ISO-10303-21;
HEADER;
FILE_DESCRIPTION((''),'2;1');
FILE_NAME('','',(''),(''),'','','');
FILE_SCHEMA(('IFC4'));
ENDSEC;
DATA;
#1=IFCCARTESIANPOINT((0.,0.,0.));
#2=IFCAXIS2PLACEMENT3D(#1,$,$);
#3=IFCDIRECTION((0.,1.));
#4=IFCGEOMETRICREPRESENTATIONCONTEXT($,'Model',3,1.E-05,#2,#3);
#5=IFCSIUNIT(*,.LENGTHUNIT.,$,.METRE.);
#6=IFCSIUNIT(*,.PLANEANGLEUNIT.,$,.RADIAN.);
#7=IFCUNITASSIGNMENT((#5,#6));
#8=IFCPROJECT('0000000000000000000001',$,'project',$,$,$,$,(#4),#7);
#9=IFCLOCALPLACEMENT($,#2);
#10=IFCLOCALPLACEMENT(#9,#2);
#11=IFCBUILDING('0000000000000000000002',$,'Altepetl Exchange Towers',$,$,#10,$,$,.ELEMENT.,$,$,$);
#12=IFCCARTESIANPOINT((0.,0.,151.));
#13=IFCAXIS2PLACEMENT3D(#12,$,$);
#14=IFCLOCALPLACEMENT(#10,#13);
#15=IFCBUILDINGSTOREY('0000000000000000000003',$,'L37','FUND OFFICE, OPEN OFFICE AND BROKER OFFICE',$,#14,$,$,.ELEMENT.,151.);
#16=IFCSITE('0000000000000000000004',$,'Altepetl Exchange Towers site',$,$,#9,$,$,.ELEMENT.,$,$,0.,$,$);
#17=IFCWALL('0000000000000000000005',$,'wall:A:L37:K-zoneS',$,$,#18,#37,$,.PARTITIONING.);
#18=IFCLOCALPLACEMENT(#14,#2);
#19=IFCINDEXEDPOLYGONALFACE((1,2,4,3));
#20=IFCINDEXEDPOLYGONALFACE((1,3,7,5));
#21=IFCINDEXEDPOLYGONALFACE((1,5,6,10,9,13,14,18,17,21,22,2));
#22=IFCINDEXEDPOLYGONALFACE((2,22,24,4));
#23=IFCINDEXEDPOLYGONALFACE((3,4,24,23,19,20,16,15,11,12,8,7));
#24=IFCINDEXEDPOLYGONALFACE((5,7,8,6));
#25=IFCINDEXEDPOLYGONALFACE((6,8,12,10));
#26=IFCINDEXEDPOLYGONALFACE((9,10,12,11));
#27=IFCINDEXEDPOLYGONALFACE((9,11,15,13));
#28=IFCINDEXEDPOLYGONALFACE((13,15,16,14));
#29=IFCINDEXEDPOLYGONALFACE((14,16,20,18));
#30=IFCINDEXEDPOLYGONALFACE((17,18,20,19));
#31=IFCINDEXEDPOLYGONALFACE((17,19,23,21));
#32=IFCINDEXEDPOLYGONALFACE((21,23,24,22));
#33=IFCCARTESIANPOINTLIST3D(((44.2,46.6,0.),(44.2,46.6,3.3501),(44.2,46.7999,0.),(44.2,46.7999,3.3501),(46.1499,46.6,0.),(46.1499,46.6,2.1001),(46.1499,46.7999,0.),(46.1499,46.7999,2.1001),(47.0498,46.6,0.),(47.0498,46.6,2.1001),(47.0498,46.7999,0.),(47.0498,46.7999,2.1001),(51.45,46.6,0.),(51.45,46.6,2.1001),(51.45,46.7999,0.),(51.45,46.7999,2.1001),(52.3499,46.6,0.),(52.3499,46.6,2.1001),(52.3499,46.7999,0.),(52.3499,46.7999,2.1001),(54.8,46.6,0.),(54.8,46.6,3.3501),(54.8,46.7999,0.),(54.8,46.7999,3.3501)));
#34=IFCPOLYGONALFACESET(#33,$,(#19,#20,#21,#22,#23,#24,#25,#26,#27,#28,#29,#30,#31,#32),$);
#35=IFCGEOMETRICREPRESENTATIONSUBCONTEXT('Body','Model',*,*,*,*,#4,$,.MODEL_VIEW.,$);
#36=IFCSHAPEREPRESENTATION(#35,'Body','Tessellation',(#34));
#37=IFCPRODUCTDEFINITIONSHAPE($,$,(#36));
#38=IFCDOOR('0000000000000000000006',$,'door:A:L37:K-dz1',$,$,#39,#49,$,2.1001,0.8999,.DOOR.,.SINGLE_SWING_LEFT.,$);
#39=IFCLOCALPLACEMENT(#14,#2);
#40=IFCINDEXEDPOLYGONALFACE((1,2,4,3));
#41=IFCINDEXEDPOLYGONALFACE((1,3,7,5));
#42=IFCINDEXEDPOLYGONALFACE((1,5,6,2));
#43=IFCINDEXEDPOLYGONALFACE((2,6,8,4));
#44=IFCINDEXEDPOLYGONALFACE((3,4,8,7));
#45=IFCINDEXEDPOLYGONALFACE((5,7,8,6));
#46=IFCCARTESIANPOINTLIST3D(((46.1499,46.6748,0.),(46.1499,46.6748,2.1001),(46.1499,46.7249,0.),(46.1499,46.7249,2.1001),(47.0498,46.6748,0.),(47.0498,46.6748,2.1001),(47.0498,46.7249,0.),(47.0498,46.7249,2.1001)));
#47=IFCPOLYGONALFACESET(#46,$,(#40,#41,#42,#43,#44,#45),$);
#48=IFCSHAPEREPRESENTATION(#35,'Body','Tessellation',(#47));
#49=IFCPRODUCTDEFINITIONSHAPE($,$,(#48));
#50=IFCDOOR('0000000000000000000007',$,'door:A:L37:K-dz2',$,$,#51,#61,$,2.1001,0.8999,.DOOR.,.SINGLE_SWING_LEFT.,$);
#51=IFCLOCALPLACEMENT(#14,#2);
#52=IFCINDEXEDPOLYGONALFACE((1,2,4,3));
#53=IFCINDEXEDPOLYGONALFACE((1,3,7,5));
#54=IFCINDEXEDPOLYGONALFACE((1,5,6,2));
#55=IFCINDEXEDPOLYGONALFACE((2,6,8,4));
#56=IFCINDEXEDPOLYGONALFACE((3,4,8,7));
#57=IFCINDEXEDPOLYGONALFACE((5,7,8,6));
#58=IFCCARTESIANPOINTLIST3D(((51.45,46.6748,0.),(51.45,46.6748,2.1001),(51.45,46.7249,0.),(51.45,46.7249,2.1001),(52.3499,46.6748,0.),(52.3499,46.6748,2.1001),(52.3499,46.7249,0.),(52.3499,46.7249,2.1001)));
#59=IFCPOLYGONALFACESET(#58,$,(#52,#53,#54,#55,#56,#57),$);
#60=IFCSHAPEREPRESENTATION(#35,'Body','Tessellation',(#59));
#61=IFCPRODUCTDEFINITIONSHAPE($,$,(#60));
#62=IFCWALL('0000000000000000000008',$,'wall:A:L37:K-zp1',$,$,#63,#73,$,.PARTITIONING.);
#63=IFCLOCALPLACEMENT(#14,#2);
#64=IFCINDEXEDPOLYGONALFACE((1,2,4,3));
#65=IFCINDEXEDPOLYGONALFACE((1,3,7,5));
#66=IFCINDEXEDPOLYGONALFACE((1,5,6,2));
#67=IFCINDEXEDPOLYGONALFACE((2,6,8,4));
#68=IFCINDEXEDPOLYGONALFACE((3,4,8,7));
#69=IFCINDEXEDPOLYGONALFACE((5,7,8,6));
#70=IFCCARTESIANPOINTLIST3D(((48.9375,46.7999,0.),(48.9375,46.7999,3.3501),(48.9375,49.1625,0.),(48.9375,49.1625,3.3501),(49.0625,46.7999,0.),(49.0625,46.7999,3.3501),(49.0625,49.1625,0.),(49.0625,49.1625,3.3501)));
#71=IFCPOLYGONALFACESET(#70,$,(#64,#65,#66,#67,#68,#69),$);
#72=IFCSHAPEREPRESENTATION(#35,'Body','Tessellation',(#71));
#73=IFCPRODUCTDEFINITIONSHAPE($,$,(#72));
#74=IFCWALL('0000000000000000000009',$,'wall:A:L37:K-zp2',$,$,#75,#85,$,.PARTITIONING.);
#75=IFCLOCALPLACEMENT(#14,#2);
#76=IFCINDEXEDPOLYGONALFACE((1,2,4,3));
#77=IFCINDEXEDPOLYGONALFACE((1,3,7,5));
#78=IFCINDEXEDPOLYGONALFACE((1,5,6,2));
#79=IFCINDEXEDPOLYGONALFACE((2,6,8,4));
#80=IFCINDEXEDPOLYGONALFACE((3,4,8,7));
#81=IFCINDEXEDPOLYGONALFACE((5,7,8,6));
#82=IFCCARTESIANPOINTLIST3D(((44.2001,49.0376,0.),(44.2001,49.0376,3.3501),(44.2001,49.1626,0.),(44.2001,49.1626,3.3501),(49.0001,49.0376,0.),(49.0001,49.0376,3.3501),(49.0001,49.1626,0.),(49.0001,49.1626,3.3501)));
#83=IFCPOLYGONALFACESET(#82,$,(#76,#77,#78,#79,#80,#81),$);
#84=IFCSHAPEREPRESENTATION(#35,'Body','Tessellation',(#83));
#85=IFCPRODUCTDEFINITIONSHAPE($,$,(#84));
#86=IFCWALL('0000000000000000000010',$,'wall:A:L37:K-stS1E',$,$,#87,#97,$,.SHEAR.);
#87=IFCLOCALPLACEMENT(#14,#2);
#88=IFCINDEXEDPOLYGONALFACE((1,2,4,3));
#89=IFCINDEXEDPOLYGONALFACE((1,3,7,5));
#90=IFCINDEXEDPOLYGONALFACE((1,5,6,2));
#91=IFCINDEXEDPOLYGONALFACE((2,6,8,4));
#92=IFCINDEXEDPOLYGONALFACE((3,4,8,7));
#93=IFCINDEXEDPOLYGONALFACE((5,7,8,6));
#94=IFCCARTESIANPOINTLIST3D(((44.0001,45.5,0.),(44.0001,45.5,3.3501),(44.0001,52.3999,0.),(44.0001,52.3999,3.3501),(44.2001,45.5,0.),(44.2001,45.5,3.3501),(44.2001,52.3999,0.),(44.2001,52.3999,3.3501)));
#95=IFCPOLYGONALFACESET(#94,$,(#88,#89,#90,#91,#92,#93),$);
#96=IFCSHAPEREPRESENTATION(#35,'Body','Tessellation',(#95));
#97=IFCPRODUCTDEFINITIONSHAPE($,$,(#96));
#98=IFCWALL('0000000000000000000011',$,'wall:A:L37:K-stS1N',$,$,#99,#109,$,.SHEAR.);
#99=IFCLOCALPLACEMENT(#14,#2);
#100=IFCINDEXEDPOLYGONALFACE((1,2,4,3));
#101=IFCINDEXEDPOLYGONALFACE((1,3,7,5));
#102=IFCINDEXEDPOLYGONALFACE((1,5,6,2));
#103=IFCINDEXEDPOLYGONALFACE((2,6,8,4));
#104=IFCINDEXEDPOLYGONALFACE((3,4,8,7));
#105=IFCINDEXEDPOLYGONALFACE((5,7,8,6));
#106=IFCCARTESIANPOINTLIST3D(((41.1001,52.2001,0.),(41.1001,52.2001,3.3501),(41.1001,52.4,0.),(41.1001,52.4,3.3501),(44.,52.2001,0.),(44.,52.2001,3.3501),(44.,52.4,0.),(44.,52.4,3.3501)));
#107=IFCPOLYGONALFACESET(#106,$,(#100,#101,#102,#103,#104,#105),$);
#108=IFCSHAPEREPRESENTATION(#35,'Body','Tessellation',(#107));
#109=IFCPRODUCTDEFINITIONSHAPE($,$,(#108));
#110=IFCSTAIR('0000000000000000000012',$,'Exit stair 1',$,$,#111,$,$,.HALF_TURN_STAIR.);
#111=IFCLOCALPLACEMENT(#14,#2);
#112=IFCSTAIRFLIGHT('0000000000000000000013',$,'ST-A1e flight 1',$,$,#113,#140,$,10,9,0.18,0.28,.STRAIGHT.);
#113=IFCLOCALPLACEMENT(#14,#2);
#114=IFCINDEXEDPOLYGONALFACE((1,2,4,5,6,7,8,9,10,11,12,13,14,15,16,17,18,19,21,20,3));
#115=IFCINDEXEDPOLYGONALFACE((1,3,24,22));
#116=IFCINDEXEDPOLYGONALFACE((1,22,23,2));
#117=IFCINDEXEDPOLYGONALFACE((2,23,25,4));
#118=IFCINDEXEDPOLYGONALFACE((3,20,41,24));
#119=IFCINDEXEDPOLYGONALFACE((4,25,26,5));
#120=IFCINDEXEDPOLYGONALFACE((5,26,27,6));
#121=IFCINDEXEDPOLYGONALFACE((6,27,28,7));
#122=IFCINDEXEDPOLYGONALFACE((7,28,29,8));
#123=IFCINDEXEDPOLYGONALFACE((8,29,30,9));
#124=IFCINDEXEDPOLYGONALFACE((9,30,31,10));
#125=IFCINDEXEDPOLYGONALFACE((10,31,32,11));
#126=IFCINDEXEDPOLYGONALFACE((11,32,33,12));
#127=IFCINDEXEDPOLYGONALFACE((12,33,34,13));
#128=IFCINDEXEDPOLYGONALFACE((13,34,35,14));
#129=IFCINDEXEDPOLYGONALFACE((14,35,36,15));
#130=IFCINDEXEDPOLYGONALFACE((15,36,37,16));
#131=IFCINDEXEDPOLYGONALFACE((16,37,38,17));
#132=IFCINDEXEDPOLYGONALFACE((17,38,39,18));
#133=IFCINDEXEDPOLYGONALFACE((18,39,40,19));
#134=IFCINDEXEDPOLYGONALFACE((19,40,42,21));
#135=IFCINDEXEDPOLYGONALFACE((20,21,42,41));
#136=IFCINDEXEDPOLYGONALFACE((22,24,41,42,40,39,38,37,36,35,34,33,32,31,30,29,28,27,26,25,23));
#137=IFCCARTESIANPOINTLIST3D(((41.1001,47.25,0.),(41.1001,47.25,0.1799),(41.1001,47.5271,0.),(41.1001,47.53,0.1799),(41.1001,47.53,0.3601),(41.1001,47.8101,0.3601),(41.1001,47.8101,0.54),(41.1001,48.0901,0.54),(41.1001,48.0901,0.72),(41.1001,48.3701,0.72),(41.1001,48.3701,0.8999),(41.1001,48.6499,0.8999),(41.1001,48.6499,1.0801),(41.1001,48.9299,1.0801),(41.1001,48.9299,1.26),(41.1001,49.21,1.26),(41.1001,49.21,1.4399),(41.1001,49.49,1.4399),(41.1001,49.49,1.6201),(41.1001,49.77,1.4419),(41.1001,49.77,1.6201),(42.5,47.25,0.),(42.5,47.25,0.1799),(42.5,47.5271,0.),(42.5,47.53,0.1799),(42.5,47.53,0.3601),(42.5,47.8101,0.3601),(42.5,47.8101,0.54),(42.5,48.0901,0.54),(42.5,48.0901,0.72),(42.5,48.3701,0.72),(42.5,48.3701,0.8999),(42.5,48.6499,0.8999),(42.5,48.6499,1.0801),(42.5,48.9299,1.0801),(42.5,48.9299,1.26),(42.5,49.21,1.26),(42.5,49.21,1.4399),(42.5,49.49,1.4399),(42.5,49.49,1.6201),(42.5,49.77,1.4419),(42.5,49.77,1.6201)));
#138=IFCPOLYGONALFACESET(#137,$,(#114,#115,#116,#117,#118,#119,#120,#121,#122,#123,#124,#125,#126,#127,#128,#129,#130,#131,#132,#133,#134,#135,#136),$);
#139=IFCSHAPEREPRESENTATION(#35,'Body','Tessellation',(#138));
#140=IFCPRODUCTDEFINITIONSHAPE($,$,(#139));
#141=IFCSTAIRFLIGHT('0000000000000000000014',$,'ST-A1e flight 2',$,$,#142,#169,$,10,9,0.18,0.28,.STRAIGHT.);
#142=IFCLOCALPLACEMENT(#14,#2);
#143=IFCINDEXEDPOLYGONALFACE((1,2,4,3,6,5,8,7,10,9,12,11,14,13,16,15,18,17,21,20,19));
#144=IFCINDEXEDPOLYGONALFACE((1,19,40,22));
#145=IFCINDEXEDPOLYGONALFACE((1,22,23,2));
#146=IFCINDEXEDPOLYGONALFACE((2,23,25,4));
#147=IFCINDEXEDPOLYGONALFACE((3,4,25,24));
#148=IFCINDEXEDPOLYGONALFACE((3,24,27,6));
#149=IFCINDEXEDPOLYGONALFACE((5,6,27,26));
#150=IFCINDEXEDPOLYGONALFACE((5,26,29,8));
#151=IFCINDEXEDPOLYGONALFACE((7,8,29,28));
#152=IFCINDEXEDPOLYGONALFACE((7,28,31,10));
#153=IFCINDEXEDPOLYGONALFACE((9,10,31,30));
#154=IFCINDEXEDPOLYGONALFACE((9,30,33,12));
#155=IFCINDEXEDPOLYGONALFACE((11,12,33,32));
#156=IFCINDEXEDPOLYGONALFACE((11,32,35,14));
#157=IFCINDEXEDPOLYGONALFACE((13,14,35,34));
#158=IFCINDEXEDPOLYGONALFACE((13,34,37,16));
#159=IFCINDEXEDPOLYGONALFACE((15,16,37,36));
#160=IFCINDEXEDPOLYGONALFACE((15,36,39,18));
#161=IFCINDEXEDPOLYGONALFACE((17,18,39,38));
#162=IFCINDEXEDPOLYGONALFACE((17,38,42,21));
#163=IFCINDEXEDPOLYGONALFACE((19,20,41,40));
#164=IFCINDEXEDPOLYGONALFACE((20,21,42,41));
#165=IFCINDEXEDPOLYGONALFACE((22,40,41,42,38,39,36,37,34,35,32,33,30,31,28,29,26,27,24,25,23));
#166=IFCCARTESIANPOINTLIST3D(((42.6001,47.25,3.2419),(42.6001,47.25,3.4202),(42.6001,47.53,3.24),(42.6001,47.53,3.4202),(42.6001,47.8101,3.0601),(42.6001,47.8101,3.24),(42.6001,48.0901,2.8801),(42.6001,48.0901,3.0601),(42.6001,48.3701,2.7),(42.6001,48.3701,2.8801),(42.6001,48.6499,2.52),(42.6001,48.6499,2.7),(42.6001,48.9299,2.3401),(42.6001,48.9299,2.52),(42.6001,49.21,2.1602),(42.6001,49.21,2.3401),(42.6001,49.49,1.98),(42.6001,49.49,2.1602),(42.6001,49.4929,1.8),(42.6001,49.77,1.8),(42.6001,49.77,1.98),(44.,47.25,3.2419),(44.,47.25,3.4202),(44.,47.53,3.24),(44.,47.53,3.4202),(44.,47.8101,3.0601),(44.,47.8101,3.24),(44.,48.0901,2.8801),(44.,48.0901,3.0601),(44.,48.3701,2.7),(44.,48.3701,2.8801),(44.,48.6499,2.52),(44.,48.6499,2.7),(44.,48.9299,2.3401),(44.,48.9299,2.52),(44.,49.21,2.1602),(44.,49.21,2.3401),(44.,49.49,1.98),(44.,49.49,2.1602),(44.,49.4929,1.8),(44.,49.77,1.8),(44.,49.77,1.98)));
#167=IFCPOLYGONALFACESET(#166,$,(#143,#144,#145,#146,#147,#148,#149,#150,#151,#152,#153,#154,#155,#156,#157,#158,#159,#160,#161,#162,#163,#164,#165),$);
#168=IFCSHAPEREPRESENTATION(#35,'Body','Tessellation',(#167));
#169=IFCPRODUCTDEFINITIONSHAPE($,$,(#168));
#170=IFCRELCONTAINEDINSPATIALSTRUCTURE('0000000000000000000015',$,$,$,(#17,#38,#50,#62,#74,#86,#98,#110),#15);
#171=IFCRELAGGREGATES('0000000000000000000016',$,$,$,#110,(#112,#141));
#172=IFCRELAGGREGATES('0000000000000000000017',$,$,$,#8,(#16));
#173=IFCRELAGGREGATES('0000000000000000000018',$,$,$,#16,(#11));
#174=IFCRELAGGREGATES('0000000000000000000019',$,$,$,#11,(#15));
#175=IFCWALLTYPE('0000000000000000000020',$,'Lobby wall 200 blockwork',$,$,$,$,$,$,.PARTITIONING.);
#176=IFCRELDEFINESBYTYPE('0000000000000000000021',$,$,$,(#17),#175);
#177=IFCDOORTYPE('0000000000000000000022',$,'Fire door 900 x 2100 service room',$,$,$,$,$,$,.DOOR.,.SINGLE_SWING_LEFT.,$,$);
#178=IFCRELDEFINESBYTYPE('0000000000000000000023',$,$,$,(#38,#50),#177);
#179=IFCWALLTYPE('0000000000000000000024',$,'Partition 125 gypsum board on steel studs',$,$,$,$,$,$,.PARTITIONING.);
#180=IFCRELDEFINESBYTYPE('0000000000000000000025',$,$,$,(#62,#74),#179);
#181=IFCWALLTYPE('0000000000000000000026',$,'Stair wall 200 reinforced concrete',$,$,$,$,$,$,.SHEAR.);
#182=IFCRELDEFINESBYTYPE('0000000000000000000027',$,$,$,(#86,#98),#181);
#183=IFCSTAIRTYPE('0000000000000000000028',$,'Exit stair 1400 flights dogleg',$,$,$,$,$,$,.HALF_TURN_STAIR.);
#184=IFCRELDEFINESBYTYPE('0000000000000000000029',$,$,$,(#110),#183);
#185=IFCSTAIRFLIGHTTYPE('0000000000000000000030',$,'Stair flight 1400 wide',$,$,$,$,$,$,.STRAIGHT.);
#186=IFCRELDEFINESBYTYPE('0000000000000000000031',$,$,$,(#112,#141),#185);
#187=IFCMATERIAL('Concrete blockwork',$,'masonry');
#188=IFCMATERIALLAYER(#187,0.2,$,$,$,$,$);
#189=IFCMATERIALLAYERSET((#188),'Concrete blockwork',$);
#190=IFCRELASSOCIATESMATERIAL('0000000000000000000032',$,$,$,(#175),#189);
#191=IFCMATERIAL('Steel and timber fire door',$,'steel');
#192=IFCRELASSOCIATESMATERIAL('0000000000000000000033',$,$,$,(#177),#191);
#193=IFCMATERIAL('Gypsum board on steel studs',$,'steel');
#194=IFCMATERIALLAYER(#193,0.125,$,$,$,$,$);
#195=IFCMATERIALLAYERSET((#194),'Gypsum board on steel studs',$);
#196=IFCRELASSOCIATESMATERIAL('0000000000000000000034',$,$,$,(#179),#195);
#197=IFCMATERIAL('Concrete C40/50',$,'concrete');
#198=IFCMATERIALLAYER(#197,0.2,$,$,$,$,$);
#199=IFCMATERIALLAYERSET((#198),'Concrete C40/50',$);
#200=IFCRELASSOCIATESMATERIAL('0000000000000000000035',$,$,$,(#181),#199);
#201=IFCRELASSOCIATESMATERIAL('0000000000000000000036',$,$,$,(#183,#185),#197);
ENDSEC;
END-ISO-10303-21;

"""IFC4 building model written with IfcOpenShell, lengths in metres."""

from ifc_helpers import new_model, si_unit, direction, frame, frame_2d, origin, place, context, subcontext, project, spatial, polyline, rectangle, outline, extrude, material, layer, layer_set, type_object, element, fill, aggregate, save


model = new_model("IFC4")

# Units and contexts
model_context = context("Model", 3, precision=1e-05, world=origin(), true_north=direction((0.0, 1.0)))
body_context = subcontext(model_context, "Body", "Model", "MODEL_VIEW")
ifc_project = project(units=[si_unit("LENGTHUNIT", "METRE"), si_unit("PLANEANGLEUNIT", "RADIAN")], contexts=[model_context])

# Site, building, storey
site_placement = place(None, origin())
site = spatial("IfcSite", under=ifc_project, at=site_placement, Name="Altepetl Exchange Towers site", CompositionType="ELEMENT", RefElevation=0.0)
building_placement = place(site_placement, origin())
building = spatial("IfcBuilding", under=site, at=building_placement, Name="Altepetl Exchange Towers", CompositionType="ELEMENT")
storey_placement = place(building_placement, frame((0.0, 0.0, 151.0)))
storey = spatial("IfcBuildingStorey", under=building, at=storey_placement, Name="L37", Description="FUND OFFICE, OPEN OFFICE AND BROKER OFFICE", CompositionType="ELEMENT", Elevation=151.0)

# Shared definitions
ifc_material_1 = material(Name="Concrete blockwork", Category="masonry")
ifc_layer_1 = layer(ifc_material_1, 0.2)
ifc_layer_set_1 = layer_set([ifc_layer_1], Name="Concrete blockwork")
wall_type_1 = type_object("IfcWallType", Name="Lobby wall 200 blockwork", PredefinedType="PARTITIONING", material=ifc_layer_set_1)

# Shared definitions
ifc_material_2 = material(Name="Steel and timber fire door", Category="steel")

# Wall, openings, doors
door_type_1 = type_object("IfcDoorType", Name="Fire door 900 x 2100 service room", OperationType="SINGLE_SWING_LEFT", PredefinedType="DOOR", material=ifc_material_2)
wall_1_placement = place(storey_placement, frame((44.2, 46.7, 0.0)))
wall_1 = element("IfcWall", 1, at=wall_1_placement, inside=storey, type_object=wall_type_1, Name="wall:A:L37:K-zoneS", PredefinedType="PARTITIONING", context=body_context, shape_type="SweptSolid", body=[
    extrude(rectangle(XDim=10.6001, YDim=0.2, at=frame_2d((5.3, 0.0))), origin(), (0.0, 0.0, 1.0), 3.3501),
])
opening_1_placement = place(wall_1_placement, frame((1.95, 0.0, 0.0)))
opening_1 = element("IfcOpeningElement", 2, at=opening_1_placement, cuts=wall_1, PredefinedType="OPENING", context=body_context, shape_type="SweptSolid", body=[
    extrude(rectangle(XDim=0.8999, YDim=2.1001, at=frame_2d((0.45, 1.05))), frame((0.0, 0.1099, 0.0), z_axis=(0.0, -1.0, 0.0), x_axis=(1.0, 0.0, 0.0)), (0.0, 0.0, 1.0), 0.22),
])
opening_2_placement = place(wall_1_placement, frame((7.25, 0.0, 0.0)))
opening_2 = element("IfcOpeningElement", 3, at=opening_2_placement, cuts=wall_1, PredefinedType="OPENING", context=body_context, shape_type="SweptSolid", body=[
    extrude(rectangle(XDim=0.8999, YDim=2.1001, at=frame_2d((0.45, 1.05))), frame((0.0, 0.1099, 0.0), z_axis=(0.0, -1.0, 0.0), x_axis=(1.0, 0.0, 0.0)), (0.0, 0.0, 1.0), 0.22),
])
door_1_placement = place(opening_1_placement, origin())
door_1 = element("IfcDoor", 4, at=door_1_placement, inside=storey, type_object=door_type_1, Name="door:A:L37:K-dz1", OperationType="SINGLE_SWING_LEFT", OverallHeight=2.1001, OverallWidth=0.8999, PredefinedType="DOOR", context=body_context, shape_type="SweptSolid", body=[
    extrude(rectangle(XDim=0.8999, YDim=2.1001, at=frame_2d((0.45, 1.05))), frame((0.0, 0.0249, 0.0), z_axis=(0.0, -1.0, 0.0), x_axis=(1.0, 0.0, 0.0)), (0.0, 0.0, 1.0), 0.05),
])
fill(opening_1, door_1)
door_2_placement = place(opening_2_placement, origin())
door_2 = element("IfcDoor", 5, at=door_2_placement, inside=storey, type_object=door_type_1, Name="door:A:L37:K-dz2", OperationType="SINGLE_SWING_LEFT", OverallHeight=2.1001, OverallWidth=0.8999, PredefinedType="DOOR", context=body_context, shape_type="SweptSolid", body=[
    extrude(rectangle(XDim=0.8999, YDim=2.1001, at=frame_2d((0.45, 1.05))), frame((0.0, 0.0249, 0.0), z_axis=(0.0, -1.0, 0.0), x_axis=(1.0, 0.0, 0.0)), (0.0, 0.0, 1.0), 0.05),
])
fill(opening_2, door_2)

# Walls
ifc_material_3 = material(Name="Gypsum board on steel studs", Category="steel")
ifc_layer_2 = layer(ifc_material_3, 0.125)
ifc_layer_set_2 = layer_set([ifc_layer_2], Name="Gypsum board on steel studs")
wall_type_2 = type_object("IfcWallType", Name="Partition 125 gypsum board on steel studs", PredefinedType="PARTITIONING", material=ifc_layer_set_2)
wall_2_placement = place(storey_placement, frame((49.0, 46.8, 0.0), z_axis=(0.0, 0.0, 1.0), x_axis=(0.0, 1.0, 0.0)))
element("IfcWall", 6, at=wall_2_placement, inside=storey, type_object=wall_type_2, Name="wall:A:L37:K-zp1", PredefinedType="PARTITIONING", context=body_context, shape_type="SweptSolid", body=[
    extrude(rectangle(XDim=2.3625, YDim=0.125, at=frame_2d((1.1812, 0.0))), origin(), (0.0, 0.0, 1.0), 3.3501),
])
wall_3_placement = place(storey_placement, frame((49.0, 49.1001, 0.0), z_axis=(0.0, 0.0, 1.0), x_axis=(-1.0, 0.0, 0.0)))
element("IfcWall", 7, at=wall_3_placement, inside=storey, type_object=wall_type_2, Name="wall:A:L37:K-zp2", PredefinedType="PARTITIONING", context=body_context, shape_type="SweptSolid", body=[
    extrude(rectangle(XDim=4.8, YDim=0.125, at=frame_2d((2.3999, 0.0))), origin(), (0.0, 0.0, 1.0), 3.3501),
])
ifc_material_4 = material(Name="Concrete C40/50", Category="concrete")
ifc_layer_3 = layer(ifc_material_4, 0.2)
ifc_layer_set_3 = layer_set([ifc_layer_3], Name="Concrete C40/50")
wall_type_3 = type_object("IfcWallType", Name="Stair wall 200 reinforced concrete", PredefinedType="SHEAR", material=ifc_layer_set_3)
wall_4_placement = place(storey_placement, frame((44.1001, 45.5, 0.0), z_axis=(0.0, 0.0, 1.0), x_axis=(0.0, 1.0, 0.0)))
element("IfcWall", 8, at=wall_4_placement, inside=storey, type_object=wall_type_3, Name="wall:A:L37:K-stS1E", PredefinedType="SHEAR", context=body_context, shape_type="SweptSolid", body=[
    extrude(rectangle(XDim=6.8999, YDim=0.2, at=frame_2d((3.45, 0.0))), origin(), (0.0, 0.0, 1.0), 3.3501),
])
wall_5_placement = place(storey_placement, frame((41.1001, 52.3, 0.0)))
element("IfcWall", 9, at=wall_5_placement, inside=storey, type_object=wall_type_3, Name="wall:A:L37:K-stS1N", PredefinedType="SHEAR", context=body_context, shape_type="SweptSolid", body=[
    extrude(rectangle(XDim=2.8999, YDim=0.2, at=frame_2d((1.45, 0.0))), origin(), (0.0, 0.0, 1.0), 3.3501),
])

# Stair, stair flights
stair_type = type_object("IfcStairType", Name="Exit stair 1400 flights dogleg", PredefinedType="HALF_TURN_STAIR", material=ifc_material_4)
stair_placement = place(storey_placement, origin())
stair = element("IfcStair", 10, at=stair_placement, inside=storey, type_object=stair_type, Name="Exit stair 1", PredefinedType="HALF_TURN_STAIR")
stair_flight_type = type_object("IfcStairFlightType", Name="Stair flight 1400 wide", PredefinedType="STRAIGHT", material=ifc_material_4)
stair_flight_1_placement = place(storey_placement, frame((41.8, 47.25, 0.0), z_axis=(0.0, 0.0, 1.0), x_axis=(0.0, 1.0, 0.0)))
stair_flight_1 = element("IfcStairFlight", 11, at=stair_flight_1_placement, type_object=stair_flight_type, Name="ST-A1e flight 1", NumberOfRisers=10, NumberOfTreads=9, PredefinedType="STRAIGHT", RiserHeight=0.18, TreadLength=0.28, context=body_context, shape_type="SweptSolid", body=[
    extrude(outline(polyline([(0.0, 0.0), (0.0, 0.1799), (0.28, 0.1799), (0.28, 0.3601), (0.5601, 0.3601), (0.5601, 0.54), (0.8401, 0.54), (0.8401, 0.72), (1.1201, 0.72), (1.1201, 0.8999), (1.3999, 0.8999), (1.3999, 1.0801), (1.6799, 1.0801), (1.6799, 1.26), (1.96, 1.26), (1.96, 1.4399), (2.24, 1.4399), (2.24, 1.6201), (2.52, 1.6201), (2.52, 1.8), (2.52, 1.4419), (0.2771, 0.0), (0.0, 0.0)])), frame((0.0, 0.7, 0.0), z_axis=(0.0, -1.0, 0.0), x_axis=(1.0, 0.0, 0.0)), (0.0, 0.0, 1.0), 1.3999),
])
stair_flight_2_placement = place(storey_placement, frame((43.3, 49.77, 1.8), z_axis=(0.0, 0.0, 1.0), x_axis=(0.0, -1.0, 0.0)))
stair_flight_2 = element("IfcStairFlight", 12, at=stair_flight_2_placement, type_object=stair_flight_type, Name="ST-A1e flight 2", NumberOfRisers=10, NumberOfTreads=9, PredefinedType="STRAIGHT", RiserHeight=0.18, TreadLength=0.28, context=body_context, shape_type="SweptSolid", body=[
    extrude(outline(polyline([(0.0, 0.0), (0.0, 0.1799), (0.28, 0.1799), (0.28, 0.3601), (0.5601, 0.3601), (0.5601, 0.54), (0.8401, 0.54), (0.8401, 0.72), (1.1201, 0.72), (1.1201, 0.8999), (1.3999, 0.8999), (1.3999, 1.0801), (1.6799, 1.0801), (1.6799, 1.26), (1.96, 1.26), (1.96, 1.4399), (2.24, 1.4399), (2.24, 1.6201), (2.52, 1.6201), (2.52, 1.8), (2.52, 1.4419), (0.2771, 0.0), (0.0, 0.0)])), frame((0.0, 0.7, 0.0), z_axis=(0.0, -1.0, 0.0), x_axis=(1.0, 0.0, 0.0)), (0.0, 0.0, 1.0), 1.3999),
])
aggregate(stair, [stair_flight_1, stair_flight_2])

save(model, "model.ifc")
